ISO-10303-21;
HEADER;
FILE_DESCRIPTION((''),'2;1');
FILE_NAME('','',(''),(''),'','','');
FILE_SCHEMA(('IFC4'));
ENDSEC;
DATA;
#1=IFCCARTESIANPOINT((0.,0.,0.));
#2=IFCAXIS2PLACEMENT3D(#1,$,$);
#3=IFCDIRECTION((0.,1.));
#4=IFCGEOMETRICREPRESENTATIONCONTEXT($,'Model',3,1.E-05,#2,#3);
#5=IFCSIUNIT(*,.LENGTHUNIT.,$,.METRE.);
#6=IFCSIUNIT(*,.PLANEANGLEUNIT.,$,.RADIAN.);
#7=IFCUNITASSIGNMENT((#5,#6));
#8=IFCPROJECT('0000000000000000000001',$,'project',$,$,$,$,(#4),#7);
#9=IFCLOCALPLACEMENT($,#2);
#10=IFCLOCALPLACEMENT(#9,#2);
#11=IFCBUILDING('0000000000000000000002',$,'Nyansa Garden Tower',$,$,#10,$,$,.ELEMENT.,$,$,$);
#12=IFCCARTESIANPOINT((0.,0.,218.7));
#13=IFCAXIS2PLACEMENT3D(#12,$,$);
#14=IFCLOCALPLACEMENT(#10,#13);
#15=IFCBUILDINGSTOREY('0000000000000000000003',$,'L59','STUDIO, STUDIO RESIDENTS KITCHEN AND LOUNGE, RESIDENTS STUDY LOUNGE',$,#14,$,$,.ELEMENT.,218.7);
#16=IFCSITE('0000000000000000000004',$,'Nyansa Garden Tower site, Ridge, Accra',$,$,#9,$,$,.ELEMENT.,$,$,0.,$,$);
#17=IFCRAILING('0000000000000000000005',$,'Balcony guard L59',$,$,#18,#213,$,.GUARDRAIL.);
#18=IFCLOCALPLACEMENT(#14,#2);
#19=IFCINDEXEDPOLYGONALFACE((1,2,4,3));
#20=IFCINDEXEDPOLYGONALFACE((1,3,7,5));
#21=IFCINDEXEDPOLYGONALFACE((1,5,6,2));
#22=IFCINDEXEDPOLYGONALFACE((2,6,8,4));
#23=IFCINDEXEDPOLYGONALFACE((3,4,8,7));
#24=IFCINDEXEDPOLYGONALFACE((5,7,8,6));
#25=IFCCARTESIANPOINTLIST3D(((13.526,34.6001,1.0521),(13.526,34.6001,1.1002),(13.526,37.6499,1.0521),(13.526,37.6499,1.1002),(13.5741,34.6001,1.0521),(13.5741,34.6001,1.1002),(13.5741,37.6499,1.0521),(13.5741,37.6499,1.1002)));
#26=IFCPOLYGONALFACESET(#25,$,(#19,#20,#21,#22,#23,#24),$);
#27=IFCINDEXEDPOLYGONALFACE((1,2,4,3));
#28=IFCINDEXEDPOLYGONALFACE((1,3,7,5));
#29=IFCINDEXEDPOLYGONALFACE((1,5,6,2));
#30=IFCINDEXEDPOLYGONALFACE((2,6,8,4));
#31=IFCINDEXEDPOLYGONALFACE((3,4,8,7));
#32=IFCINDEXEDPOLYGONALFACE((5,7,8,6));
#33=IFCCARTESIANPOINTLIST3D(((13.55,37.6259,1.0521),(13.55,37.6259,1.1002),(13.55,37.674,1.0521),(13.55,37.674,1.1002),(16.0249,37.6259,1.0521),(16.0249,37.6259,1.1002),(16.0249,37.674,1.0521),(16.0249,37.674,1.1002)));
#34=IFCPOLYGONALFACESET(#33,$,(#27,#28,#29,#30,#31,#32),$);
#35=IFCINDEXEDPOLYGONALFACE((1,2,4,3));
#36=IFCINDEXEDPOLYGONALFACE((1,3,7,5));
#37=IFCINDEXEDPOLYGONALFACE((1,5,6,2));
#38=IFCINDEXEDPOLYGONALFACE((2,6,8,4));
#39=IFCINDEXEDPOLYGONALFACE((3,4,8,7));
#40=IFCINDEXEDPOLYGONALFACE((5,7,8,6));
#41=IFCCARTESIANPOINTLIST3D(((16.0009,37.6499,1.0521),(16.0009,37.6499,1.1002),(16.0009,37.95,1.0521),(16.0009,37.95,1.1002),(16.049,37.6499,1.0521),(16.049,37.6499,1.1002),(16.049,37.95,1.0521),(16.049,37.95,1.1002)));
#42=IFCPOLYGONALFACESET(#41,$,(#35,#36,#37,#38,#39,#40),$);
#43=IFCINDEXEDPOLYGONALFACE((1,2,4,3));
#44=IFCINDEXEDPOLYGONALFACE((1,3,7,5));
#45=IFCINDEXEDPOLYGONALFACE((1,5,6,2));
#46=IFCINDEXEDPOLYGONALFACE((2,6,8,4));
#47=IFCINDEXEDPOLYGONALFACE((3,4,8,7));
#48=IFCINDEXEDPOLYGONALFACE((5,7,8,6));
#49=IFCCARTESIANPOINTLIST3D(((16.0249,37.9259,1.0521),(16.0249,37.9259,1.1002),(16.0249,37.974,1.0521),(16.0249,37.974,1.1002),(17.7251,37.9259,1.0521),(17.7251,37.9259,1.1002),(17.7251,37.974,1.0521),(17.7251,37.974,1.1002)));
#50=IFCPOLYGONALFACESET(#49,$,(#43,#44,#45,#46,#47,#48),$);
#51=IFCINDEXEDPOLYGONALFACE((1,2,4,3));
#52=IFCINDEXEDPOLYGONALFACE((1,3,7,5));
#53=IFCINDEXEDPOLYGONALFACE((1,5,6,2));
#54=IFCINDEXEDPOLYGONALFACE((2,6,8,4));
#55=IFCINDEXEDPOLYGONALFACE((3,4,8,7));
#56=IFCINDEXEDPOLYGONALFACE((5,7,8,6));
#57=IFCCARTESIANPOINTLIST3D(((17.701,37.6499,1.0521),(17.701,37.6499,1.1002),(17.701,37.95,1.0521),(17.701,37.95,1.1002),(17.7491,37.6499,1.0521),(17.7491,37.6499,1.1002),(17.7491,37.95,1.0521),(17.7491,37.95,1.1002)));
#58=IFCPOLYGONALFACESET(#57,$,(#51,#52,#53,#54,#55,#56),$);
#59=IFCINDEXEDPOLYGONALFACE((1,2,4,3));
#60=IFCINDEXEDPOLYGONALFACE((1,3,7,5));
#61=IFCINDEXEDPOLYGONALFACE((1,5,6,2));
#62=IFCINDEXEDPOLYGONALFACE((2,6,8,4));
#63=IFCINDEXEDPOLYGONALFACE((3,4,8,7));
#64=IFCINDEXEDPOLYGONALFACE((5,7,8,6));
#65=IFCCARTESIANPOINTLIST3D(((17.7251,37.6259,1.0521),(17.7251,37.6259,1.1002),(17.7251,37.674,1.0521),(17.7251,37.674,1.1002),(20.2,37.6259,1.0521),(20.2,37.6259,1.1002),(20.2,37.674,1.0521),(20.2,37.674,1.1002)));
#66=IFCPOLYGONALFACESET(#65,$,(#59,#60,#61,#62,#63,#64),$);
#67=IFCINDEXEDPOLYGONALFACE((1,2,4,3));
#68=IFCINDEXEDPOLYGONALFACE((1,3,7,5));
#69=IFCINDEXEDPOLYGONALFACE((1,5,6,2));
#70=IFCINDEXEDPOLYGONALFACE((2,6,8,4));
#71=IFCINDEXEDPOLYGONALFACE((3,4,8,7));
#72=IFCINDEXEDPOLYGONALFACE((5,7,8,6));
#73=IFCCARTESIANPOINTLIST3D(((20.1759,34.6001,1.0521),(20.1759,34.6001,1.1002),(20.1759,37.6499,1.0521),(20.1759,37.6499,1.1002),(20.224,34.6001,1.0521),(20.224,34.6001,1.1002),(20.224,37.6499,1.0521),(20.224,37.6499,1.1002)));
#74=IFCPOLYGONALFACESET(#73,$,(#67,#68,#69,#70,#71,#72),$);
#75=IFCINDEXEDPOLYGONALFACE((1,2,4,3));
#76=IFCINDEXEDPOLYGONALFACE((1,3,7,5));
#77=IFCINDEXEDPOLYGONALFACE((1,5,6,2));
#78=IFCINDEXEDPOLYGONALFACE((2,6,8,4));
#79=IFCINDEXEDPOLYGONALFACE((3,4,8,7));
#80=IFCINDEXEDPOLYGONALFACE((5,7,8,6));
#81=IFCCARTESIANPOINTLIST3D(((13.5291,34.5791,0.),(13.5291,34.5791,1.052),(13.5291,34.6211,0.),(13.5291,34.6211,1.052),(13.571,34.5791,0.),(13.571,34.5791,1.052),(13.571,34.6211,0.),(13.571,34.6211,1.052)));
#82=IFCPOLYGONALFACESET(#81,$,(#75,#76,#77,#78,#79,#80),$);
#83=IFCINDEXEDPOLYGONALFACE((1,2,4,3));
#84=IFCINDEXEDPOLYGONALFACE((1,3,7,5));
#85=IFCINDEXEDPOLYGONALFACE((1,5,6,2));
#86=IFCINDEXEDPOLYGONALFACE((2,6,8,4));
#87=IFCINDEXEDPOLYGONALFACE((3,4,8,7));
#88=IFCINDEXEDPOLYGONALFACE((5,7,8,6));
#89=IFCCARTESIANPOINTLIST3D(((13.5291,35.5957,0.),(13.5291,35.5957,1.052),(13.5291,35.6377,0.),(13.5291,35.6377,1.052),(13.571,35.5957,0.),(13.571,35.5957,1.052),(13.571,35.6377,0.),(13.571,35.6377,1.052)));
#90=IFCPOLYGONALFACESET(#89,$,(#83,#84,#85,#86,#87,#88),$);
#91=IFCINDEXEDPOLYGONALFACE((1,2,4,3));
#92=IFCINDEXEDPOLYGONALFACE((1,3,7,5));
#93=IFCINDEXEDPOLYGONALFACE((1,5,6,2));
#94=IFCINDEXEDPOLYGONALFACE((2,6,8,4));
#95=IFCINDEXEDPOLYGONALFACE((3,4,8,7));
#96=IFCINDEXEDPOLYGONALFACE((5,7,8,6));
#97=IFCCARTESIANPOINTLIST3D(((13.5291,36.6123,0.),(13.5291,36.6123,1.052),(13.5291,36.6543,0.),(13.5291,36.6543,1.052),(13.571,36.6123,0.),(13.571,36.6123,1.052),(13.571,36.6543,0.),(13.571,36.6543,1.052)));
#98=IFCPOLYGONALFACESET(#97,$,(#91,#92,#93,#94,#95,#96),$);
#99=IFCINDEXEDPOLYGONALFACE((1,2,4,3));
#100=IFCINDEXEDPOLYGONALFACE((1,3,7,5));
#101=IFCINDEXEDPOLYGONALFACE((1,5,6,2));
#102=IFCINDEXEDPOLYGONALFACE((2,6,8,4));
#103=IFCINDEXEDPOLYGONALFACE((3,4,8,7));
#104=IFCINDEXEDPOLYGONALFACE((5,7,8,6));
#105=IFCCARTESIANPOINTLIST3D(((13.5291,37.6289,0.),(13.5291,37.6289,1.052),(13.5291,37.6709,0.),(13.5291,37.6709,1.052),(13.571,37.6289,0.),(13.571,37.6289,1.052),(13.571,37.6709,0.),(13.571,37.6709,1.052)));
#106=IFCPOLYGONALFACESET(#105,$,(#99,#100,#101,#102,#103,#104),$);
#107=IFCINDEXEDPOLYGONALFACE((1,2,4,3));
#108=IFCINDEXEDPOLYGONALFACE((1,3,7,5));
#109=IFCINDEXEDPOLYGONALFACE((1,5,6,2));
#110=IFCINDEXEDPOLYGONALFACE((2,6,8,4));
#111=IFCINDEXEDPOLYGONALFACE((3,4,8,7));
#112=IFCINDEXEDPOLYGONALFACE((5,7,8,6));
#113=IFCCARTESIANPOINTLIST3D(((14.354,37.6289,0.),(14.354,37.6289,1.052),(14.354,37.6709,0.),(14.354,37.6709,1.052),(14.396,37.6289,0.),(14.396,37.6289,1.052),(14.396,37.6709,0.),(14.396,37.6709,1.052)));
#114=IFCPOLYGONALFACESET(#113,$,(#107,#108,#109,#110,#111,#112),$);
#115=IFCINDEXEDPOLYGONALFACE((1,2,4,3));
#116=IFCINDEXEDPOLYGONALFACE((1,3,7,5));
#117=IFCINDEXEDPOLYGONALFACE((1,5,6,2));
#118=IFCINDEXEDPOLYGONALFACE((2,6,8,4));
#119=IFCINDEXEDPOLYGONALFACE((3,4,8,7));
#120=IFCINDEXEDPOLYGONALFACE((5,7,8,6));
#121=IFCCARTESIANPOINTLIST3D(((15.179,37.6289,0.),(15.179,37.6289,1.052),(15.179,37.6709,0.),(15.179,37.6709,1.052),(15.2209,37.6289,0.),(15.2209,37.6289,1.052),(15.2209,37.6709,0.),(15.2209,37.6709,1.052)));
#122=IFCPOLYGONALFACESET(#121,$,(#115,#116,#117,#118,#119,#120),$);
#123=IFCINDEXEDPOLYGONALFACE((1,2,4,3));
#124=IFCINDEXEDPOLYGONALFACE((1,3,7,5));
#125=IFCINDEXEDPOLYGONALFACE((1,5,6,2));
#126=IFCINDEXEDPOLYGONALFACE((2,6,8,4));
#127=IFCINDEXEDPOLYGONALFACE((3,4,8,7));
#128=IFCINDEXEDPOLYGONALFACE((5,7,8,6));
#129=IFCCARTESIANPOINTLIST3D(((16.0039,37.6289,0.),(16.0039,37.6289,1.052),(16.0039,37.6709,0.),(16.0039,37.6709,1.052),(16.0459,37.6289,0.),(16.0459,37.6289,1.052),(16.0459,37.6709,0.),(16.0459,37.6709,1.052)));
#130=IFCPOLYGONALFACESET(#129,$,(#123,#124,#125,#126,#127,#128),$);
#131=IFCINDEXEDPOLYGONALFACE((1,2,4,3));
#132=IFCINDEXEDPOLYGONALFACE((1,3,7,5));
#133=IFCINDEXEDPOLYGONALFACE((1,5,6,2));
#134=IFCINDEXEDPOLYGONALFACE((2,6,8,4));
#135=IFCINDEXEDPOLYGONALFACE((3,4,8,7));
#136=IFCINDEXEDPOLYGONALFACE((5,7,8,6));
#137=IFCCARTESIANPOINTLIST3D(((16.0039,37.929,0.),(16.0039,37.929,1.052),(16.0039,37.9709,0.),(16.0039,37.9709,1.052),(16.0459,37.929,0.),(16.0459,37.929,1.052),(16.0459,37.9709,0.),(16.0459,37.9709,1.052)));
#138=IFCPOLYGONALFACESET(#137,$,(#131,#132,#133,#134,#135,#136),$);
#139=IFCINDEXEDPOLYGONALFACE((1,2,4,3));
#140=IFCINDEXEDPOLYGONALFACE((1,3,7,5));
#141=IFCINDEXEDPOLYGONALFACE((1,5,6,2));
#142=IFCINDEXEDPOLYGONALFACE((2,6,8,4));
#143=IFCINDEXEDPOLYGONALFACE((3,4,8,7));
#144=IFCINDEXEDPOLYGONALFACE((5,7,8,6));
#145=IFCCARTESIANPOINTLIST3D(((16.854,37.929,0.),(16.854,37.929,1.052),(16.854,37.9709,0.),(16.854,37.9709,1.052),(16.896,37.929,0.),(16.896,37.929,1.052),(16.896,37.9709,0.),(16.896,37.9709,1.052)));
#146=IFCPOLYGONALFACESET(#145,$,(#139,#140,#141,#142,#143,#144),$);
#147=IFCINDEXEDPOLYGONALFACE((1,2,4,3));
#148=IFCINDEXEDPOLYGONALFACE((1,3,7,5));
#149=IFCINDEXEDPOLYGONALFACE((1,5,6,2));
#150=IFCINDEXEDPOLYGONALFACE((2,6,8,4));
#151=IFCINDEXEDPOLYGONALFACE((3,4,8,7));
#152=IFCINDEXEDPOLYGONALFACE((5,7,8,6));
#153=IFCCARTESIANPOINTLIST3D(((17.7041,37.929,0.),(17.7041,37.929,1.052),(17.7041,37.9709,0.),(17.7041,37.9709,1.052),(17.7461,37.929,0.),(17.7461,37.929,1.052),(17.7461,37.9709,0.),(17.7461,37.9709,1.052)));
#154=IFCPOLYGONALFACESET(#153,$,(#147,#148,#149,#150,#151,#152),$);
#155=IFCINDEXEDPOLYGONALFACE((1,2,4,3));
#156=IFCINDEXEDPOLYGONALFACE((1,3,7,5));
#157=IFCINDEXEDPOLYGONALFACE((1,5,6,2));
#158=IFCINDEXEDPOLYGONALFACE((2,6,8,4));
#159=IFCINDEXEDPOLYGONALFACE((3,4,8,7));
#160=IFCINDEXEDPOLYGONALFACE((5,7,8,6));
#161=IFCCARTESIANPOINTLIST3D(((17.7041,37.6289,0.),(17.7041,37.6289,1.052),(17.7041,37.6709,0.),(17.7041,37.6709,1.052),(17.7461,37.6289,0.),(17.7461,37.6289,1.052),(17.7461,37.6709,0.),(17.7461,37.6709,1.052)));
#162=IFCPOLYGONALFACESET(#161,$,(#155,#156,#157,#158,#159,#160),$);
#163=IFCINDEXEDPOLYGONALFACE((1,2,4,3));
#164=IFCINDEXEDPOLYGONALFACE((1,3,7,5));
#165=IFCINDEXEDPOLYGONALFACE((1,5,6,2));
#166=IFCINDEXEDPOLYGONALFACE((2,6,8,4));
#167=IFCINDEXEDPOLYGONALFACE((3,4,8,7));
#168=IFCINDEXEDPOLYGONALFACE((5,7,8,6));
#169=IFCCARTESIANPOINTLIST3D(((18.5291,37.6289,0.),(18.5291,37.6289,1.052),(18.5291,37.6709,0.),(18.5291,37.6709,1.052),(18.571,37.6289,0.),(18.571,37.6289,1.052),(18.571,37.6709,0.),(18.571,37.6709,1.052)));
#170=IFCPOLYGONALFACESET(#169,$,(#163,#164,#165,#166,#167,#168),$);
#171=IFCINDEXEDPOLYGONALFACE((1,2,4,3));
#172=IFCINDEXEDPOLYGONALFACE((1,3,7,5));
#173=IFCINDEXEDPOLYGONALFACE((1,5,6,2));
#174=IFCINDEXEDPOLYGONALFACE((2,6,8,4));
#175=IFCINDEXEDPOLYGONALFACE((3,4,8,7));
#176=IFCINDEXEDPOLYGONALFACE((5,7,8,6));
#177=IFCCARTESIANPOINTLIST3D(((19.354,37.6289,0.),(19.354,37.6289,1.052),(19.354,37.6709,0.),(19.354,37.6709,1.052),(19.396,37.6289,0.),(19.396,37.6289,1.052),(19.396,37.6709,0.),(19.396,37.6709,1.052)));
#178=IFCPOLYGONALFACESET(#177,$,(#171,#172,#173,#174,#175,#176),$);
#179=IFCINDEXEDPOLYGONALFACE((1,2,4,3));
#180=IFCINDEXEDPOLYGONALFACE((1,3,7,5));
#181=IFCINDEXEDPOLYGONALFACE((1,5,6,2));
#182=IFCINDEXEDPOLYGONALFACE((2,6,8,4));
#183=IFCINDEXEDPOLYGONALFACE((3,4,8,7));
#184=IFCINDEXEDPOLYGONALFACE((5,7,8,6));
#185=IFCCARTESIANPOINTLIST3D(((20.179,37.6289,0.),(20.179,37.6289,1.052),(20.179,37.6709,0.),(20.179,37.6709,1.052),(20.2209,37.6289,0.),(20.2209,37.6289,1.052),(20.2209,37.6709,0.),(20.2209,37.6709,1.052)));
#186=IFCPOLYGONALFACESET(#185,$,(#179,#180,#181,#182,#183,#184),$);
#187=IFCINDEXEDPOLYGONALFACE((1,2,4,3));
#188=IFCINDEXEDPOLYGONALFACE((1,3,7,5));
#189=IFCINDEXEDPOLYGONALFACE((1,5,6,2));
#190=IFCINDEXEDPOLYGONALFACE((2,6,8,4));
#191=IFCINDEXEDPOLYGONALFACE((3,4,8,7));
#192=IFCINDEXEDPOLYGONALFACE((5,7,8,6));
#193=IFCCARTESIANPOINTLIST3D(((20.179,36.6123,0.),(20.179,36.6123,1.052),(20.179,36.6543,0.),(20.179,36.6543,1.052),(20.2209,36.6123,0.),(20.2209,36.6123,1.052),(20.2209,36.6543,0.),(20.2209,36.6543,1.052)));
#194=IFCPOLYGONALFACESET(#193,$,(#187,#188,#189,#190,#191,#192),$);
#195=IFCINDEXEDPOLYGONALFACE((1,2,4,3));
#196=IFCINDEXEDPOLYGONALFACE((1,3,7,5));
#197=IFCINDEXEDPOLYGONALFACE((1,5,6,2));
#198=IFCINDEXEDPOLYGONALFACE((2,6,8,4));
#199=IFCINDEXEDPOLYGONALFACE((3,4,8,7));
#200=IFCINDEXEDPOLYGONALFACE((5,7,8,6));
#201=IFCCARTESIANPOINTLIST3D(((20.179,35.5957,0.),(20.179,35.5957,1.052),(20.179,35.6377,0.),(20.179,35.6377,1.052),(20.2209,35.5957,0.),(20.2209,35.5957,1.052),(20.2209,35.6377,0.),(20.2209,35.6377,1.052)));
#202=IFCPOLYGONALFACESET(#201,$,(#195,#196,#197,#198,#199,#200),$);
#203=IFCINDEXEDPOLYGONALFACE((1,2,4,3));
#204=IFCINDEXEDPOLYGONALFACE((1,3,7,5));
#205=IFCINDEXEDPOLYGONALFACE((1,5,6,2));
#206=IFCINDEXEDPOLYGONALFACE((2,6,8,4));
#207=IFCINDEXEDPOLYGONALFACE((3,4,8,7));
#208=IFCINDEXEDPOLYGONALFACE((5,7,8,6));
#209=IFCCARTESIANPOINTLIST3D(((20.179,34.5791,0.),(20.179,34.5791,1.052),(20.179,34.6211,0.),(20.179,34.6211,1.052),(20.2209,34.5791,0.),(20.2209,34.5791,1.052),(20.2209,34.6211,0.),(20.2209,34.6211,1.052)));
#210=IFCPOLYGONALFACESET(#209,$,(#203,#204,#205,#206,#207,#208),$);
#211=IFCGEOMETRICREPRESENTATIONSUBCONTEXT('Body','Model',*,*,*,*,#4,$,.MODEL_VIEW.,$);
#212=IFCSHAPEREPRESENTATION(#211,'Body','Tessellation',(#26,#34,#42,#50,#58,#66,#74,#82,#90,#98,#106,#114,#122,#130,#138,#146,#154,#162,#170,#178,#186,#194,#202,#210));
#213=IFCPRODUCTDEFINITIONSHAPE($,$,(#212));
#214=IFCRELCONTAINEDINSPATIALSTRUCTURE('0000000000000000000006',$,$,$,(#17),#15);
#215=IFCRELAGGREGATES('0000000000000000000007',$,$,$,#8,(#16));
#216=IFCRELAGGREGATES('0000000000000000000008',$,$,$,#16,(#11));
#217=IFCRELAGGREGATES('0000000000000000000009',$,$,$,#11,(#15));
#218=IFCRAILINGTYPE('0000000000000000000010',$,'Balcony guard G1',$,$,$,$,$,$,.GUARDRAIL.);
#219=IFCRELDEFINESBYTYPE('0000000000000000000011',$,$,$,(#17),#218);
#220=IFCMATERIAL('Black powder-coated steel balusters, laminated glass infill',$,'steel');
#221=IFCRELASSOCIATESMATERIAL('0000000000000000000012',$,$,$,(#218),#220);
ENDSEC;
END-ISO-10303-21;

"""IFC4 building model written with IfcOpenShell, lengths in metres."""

from ifc_helpers import new_model, si_unit, direction, frame, origin, origin_2d, place, context, subcontext, project, spatial, rectangle, extrude, material, type_object, element, save


model = new_model("IFC4")

# Units and contexts
model_context = context("Model", 3, precision=1e-05, world=origin(), true_north=direction((0.0, 1.0)))
body_context = subcontext(model_context, "Body", "Model", "MODEL_VIEW")
ifc_project = project(units=[si_unit("LENGTHUNIT", "METRE"), si_unit("PLANEANGLEUNIT", "RADIAN")], contexts=[model_context])

# Site, building, storey
site_placement = place(None, origin())
site = spatial("IfcSite", under=ifc_project, at=site_placement, Name="Nyansa Garden Tower site, Ridge, Accra", CompositionType="ELEMENT", RefElevation=0.0)
building_placement = place(site_placement, origin())
building = spatial("IfcBuilding", under=site, at=building_placement, Name="Nyansa Garden Tower", CompositionType="ELEMENT")
storey_placement = place(building_placement, frame((0.0, 0.0, 218.7)))
storey = spatial("IfcBuildingStorey", under=building, at=storey_placement, Name="L59", Description="STUDIO, STUDIO RESIDENTS KITCHEN AND LOUNGE, RESIDENTS STUDY LOUNGE", CompositionType="ELEMENT", Elevation=218.7)

# Railing
ifc_material_1 = material(Name="Black powder-coated steel balusters, laminated glass infill", Category="steel")
railing_type = type_object("IfcRailingType", Name="Balcony guard G1", PredefinedType="GUARDRAIL", material=ifc_material_1)
railing_placement = place(storey_placement, frame((13.55, 34.6001, 0.0)))
element("IfcRailing", 1, at=railing_placement, inside=storey, type_object=railing_type, Name="Balcony guard L59", PredefinedType="GUARDRAIL", context=body_context, shape_type="SweptSolid", body=[
    extrude(rectangle(XDim=0.0481, YDim=0.0481, at=origin_2d()), frame((0.0, 0.0, 1.0762), z_axis=(0.0, 1.0, 0.0), x_axis=(-1.0, 0.0, 0.0)), (0.0, 0.0, 1.0), 3.0498),
    extrude(rectangle(XDim=0.0481, YDim=0.0481, at=origin_2d()), frame((0.0, 3.0498, 1.0762), z_axis=(1.0, 0.0, 0.0), x_axis=(0.0, 1.0, 0.0)), (0.0, 0.0, 1.0), 2.4749),
    extrude(rectangle(XDim=0.0481, YDim=0.0481, at=origin_2d()), frame((2.4749, 3.0498, 1.0762), z_axis=(0.0, 1.0, 0.0), x_axis=(-1.0, 0.0, 0.0)), (0.0, 0.0, 1.0), 0.3),
    extrude(rectangle(XDim=0.0481, YDim=0.0481, at=origin_2d()), frame((2.4749, 3.3499, 1.0762), z_axis=(1.0, 0.0, 0.0), x_axis=(0.0, 1.0, 0.0)), (0.0, 0.0, 1.0), 1.7002),
    extrude(rectangle(XDim=0.0481, YDim=0.0481, at=origin_2d()), frame((4.175, 3.3499, 1.0762), z_axis=(0.0, -1.0, 0.0), x_axis=(1.0, 0.0, 0.0)), (0.0, 0.0, 1.0), 0.3),
    extrude(rectangle(XDim=0.0481, YDim=0.0481, at=origin_2d()), frame((4.175, 3.0498, 1.0762), z_axis=(1.0, 0.0, 0.0), x_axis=(0.0, 1.0, 0.0)), (0.0, 0.0, 1.0), 2.4749),
    extrude(rectangle(XDim=0.0481, YDim=0.0481, at=origin_2d()), frame((6.6499, 3.0498, 1.0762), z_axis=(0.0, -1.0, 0.0), x_axis=(1.0, 0.0, 0.0)), (0.0, 0.0, 1.0), 3.0498),
    extrude(rectangle(XDim=0.042, YDim=0.042, at=origin_2d()), origin(), (0.0, 0.0, 1.0), 1.052),
    extrude(rectangle(XDim=0.042, YDim=0.042, at=origin_2d()), frame((0.0, 1.0166, 0.0)), (0.0, 0.0, 1.0), 1.052),
    extrude(rectangle(XDim=0.042, YDim=0.042, at=origin_2d()), frame((0.0, 2.0332, 0.0)), (0.0, 0.0, 1.0), 1.052),
    extrude(rectangle(XDim=0.042, YDim=0.042, at=origin_2d()), frame((0.0, 3.0498, 0.0)), (0.0, 0.0, 1.0), 1.052),
    extrude(rectangle(XDim=0.042, YDim=0.042, at=origin_2d()), frame((0.825, 3.0498, 0.0)), (0.0, 0.0, 1.0), 1.052),
    extrude(rectangle(XDim=0.042, YDim=0.042, at=origin_2d()), frame((1.6499, 3.0498, 0.0)), (0.0, 0.0, 1.0), 1.052),
    extrude(rectangle(XDim=0.042, YDim=0.042, at=origin_2d()), frame((2.4749, 3.0498, 0.0)), (0.0, 0.0, 1.0), 1.052),
    extrude(rectangle(XDim=0.042, YDim=0.042, at=origin_2d()), frame((2.4749, 3.3499, 0.0)), (0.0, 0.0, 1.0), 1.052),
    extrude(rectangle(XDim=0.042, YDim=0.042, at=origin_2d()), frame((3.325, 3.3499, 0.0)), (0.0, 0.0, 1.0), 1.052),
    extrude(rectangle(XDim=0.042, YDim=0.042, at=origin_2d()), frame((4.175, 3.3499, 0.0)), (0.0, 0.0, 1.0), 1.052),
    extrude(rectangle(XDim=0.042, YDim=0.042, at=origin_2d()), frame((4.175, 3.0498, 0.0)), (0.0, 0.0, 1.0), 1.052),
    extrude(rectangle(XDim=0.042, YDim=0.042, at=origin_2d()), frame((5.0, 3.0498, 0.0)), (0.0, 0.0, 1.0), 1.052),
    extrude(rectangle(XDim=0.042, YDim=0.042, at=origin_2d()), frame((5.825, 3.0498, 0.0)), (0.0, 0.0, 1.0), 1.052),
    extrude(rectangle(XDim=0.042, YDim=0.042, at=origin_2d()), frame((6.6499, 3.0498, 0.0)), (0.0, 0.0, 1.0), 1.052),
    extrude(rectangle(XDim=0.042, YDim=0.042, at=origin_2d()), frame((6.6499, 2.0332, 0.0)), (0.0, 0.0, 1.0), 1.052),
    extrude(rectangle(XDim=0.042, YDim=0.042, at=origin_2d()), frame((6.6499, 1.0166, 0.0)), (0.0, 0.0, 1.0), 1.052),
    extrude(rectangle(XDim=0.042, YDim=0.042, at=origin_2d()), frame((6.6499, 0.0, 0.0)), (0.0, 0.0, 1.0), 1.052),
])

save(model, "model.ifc")
